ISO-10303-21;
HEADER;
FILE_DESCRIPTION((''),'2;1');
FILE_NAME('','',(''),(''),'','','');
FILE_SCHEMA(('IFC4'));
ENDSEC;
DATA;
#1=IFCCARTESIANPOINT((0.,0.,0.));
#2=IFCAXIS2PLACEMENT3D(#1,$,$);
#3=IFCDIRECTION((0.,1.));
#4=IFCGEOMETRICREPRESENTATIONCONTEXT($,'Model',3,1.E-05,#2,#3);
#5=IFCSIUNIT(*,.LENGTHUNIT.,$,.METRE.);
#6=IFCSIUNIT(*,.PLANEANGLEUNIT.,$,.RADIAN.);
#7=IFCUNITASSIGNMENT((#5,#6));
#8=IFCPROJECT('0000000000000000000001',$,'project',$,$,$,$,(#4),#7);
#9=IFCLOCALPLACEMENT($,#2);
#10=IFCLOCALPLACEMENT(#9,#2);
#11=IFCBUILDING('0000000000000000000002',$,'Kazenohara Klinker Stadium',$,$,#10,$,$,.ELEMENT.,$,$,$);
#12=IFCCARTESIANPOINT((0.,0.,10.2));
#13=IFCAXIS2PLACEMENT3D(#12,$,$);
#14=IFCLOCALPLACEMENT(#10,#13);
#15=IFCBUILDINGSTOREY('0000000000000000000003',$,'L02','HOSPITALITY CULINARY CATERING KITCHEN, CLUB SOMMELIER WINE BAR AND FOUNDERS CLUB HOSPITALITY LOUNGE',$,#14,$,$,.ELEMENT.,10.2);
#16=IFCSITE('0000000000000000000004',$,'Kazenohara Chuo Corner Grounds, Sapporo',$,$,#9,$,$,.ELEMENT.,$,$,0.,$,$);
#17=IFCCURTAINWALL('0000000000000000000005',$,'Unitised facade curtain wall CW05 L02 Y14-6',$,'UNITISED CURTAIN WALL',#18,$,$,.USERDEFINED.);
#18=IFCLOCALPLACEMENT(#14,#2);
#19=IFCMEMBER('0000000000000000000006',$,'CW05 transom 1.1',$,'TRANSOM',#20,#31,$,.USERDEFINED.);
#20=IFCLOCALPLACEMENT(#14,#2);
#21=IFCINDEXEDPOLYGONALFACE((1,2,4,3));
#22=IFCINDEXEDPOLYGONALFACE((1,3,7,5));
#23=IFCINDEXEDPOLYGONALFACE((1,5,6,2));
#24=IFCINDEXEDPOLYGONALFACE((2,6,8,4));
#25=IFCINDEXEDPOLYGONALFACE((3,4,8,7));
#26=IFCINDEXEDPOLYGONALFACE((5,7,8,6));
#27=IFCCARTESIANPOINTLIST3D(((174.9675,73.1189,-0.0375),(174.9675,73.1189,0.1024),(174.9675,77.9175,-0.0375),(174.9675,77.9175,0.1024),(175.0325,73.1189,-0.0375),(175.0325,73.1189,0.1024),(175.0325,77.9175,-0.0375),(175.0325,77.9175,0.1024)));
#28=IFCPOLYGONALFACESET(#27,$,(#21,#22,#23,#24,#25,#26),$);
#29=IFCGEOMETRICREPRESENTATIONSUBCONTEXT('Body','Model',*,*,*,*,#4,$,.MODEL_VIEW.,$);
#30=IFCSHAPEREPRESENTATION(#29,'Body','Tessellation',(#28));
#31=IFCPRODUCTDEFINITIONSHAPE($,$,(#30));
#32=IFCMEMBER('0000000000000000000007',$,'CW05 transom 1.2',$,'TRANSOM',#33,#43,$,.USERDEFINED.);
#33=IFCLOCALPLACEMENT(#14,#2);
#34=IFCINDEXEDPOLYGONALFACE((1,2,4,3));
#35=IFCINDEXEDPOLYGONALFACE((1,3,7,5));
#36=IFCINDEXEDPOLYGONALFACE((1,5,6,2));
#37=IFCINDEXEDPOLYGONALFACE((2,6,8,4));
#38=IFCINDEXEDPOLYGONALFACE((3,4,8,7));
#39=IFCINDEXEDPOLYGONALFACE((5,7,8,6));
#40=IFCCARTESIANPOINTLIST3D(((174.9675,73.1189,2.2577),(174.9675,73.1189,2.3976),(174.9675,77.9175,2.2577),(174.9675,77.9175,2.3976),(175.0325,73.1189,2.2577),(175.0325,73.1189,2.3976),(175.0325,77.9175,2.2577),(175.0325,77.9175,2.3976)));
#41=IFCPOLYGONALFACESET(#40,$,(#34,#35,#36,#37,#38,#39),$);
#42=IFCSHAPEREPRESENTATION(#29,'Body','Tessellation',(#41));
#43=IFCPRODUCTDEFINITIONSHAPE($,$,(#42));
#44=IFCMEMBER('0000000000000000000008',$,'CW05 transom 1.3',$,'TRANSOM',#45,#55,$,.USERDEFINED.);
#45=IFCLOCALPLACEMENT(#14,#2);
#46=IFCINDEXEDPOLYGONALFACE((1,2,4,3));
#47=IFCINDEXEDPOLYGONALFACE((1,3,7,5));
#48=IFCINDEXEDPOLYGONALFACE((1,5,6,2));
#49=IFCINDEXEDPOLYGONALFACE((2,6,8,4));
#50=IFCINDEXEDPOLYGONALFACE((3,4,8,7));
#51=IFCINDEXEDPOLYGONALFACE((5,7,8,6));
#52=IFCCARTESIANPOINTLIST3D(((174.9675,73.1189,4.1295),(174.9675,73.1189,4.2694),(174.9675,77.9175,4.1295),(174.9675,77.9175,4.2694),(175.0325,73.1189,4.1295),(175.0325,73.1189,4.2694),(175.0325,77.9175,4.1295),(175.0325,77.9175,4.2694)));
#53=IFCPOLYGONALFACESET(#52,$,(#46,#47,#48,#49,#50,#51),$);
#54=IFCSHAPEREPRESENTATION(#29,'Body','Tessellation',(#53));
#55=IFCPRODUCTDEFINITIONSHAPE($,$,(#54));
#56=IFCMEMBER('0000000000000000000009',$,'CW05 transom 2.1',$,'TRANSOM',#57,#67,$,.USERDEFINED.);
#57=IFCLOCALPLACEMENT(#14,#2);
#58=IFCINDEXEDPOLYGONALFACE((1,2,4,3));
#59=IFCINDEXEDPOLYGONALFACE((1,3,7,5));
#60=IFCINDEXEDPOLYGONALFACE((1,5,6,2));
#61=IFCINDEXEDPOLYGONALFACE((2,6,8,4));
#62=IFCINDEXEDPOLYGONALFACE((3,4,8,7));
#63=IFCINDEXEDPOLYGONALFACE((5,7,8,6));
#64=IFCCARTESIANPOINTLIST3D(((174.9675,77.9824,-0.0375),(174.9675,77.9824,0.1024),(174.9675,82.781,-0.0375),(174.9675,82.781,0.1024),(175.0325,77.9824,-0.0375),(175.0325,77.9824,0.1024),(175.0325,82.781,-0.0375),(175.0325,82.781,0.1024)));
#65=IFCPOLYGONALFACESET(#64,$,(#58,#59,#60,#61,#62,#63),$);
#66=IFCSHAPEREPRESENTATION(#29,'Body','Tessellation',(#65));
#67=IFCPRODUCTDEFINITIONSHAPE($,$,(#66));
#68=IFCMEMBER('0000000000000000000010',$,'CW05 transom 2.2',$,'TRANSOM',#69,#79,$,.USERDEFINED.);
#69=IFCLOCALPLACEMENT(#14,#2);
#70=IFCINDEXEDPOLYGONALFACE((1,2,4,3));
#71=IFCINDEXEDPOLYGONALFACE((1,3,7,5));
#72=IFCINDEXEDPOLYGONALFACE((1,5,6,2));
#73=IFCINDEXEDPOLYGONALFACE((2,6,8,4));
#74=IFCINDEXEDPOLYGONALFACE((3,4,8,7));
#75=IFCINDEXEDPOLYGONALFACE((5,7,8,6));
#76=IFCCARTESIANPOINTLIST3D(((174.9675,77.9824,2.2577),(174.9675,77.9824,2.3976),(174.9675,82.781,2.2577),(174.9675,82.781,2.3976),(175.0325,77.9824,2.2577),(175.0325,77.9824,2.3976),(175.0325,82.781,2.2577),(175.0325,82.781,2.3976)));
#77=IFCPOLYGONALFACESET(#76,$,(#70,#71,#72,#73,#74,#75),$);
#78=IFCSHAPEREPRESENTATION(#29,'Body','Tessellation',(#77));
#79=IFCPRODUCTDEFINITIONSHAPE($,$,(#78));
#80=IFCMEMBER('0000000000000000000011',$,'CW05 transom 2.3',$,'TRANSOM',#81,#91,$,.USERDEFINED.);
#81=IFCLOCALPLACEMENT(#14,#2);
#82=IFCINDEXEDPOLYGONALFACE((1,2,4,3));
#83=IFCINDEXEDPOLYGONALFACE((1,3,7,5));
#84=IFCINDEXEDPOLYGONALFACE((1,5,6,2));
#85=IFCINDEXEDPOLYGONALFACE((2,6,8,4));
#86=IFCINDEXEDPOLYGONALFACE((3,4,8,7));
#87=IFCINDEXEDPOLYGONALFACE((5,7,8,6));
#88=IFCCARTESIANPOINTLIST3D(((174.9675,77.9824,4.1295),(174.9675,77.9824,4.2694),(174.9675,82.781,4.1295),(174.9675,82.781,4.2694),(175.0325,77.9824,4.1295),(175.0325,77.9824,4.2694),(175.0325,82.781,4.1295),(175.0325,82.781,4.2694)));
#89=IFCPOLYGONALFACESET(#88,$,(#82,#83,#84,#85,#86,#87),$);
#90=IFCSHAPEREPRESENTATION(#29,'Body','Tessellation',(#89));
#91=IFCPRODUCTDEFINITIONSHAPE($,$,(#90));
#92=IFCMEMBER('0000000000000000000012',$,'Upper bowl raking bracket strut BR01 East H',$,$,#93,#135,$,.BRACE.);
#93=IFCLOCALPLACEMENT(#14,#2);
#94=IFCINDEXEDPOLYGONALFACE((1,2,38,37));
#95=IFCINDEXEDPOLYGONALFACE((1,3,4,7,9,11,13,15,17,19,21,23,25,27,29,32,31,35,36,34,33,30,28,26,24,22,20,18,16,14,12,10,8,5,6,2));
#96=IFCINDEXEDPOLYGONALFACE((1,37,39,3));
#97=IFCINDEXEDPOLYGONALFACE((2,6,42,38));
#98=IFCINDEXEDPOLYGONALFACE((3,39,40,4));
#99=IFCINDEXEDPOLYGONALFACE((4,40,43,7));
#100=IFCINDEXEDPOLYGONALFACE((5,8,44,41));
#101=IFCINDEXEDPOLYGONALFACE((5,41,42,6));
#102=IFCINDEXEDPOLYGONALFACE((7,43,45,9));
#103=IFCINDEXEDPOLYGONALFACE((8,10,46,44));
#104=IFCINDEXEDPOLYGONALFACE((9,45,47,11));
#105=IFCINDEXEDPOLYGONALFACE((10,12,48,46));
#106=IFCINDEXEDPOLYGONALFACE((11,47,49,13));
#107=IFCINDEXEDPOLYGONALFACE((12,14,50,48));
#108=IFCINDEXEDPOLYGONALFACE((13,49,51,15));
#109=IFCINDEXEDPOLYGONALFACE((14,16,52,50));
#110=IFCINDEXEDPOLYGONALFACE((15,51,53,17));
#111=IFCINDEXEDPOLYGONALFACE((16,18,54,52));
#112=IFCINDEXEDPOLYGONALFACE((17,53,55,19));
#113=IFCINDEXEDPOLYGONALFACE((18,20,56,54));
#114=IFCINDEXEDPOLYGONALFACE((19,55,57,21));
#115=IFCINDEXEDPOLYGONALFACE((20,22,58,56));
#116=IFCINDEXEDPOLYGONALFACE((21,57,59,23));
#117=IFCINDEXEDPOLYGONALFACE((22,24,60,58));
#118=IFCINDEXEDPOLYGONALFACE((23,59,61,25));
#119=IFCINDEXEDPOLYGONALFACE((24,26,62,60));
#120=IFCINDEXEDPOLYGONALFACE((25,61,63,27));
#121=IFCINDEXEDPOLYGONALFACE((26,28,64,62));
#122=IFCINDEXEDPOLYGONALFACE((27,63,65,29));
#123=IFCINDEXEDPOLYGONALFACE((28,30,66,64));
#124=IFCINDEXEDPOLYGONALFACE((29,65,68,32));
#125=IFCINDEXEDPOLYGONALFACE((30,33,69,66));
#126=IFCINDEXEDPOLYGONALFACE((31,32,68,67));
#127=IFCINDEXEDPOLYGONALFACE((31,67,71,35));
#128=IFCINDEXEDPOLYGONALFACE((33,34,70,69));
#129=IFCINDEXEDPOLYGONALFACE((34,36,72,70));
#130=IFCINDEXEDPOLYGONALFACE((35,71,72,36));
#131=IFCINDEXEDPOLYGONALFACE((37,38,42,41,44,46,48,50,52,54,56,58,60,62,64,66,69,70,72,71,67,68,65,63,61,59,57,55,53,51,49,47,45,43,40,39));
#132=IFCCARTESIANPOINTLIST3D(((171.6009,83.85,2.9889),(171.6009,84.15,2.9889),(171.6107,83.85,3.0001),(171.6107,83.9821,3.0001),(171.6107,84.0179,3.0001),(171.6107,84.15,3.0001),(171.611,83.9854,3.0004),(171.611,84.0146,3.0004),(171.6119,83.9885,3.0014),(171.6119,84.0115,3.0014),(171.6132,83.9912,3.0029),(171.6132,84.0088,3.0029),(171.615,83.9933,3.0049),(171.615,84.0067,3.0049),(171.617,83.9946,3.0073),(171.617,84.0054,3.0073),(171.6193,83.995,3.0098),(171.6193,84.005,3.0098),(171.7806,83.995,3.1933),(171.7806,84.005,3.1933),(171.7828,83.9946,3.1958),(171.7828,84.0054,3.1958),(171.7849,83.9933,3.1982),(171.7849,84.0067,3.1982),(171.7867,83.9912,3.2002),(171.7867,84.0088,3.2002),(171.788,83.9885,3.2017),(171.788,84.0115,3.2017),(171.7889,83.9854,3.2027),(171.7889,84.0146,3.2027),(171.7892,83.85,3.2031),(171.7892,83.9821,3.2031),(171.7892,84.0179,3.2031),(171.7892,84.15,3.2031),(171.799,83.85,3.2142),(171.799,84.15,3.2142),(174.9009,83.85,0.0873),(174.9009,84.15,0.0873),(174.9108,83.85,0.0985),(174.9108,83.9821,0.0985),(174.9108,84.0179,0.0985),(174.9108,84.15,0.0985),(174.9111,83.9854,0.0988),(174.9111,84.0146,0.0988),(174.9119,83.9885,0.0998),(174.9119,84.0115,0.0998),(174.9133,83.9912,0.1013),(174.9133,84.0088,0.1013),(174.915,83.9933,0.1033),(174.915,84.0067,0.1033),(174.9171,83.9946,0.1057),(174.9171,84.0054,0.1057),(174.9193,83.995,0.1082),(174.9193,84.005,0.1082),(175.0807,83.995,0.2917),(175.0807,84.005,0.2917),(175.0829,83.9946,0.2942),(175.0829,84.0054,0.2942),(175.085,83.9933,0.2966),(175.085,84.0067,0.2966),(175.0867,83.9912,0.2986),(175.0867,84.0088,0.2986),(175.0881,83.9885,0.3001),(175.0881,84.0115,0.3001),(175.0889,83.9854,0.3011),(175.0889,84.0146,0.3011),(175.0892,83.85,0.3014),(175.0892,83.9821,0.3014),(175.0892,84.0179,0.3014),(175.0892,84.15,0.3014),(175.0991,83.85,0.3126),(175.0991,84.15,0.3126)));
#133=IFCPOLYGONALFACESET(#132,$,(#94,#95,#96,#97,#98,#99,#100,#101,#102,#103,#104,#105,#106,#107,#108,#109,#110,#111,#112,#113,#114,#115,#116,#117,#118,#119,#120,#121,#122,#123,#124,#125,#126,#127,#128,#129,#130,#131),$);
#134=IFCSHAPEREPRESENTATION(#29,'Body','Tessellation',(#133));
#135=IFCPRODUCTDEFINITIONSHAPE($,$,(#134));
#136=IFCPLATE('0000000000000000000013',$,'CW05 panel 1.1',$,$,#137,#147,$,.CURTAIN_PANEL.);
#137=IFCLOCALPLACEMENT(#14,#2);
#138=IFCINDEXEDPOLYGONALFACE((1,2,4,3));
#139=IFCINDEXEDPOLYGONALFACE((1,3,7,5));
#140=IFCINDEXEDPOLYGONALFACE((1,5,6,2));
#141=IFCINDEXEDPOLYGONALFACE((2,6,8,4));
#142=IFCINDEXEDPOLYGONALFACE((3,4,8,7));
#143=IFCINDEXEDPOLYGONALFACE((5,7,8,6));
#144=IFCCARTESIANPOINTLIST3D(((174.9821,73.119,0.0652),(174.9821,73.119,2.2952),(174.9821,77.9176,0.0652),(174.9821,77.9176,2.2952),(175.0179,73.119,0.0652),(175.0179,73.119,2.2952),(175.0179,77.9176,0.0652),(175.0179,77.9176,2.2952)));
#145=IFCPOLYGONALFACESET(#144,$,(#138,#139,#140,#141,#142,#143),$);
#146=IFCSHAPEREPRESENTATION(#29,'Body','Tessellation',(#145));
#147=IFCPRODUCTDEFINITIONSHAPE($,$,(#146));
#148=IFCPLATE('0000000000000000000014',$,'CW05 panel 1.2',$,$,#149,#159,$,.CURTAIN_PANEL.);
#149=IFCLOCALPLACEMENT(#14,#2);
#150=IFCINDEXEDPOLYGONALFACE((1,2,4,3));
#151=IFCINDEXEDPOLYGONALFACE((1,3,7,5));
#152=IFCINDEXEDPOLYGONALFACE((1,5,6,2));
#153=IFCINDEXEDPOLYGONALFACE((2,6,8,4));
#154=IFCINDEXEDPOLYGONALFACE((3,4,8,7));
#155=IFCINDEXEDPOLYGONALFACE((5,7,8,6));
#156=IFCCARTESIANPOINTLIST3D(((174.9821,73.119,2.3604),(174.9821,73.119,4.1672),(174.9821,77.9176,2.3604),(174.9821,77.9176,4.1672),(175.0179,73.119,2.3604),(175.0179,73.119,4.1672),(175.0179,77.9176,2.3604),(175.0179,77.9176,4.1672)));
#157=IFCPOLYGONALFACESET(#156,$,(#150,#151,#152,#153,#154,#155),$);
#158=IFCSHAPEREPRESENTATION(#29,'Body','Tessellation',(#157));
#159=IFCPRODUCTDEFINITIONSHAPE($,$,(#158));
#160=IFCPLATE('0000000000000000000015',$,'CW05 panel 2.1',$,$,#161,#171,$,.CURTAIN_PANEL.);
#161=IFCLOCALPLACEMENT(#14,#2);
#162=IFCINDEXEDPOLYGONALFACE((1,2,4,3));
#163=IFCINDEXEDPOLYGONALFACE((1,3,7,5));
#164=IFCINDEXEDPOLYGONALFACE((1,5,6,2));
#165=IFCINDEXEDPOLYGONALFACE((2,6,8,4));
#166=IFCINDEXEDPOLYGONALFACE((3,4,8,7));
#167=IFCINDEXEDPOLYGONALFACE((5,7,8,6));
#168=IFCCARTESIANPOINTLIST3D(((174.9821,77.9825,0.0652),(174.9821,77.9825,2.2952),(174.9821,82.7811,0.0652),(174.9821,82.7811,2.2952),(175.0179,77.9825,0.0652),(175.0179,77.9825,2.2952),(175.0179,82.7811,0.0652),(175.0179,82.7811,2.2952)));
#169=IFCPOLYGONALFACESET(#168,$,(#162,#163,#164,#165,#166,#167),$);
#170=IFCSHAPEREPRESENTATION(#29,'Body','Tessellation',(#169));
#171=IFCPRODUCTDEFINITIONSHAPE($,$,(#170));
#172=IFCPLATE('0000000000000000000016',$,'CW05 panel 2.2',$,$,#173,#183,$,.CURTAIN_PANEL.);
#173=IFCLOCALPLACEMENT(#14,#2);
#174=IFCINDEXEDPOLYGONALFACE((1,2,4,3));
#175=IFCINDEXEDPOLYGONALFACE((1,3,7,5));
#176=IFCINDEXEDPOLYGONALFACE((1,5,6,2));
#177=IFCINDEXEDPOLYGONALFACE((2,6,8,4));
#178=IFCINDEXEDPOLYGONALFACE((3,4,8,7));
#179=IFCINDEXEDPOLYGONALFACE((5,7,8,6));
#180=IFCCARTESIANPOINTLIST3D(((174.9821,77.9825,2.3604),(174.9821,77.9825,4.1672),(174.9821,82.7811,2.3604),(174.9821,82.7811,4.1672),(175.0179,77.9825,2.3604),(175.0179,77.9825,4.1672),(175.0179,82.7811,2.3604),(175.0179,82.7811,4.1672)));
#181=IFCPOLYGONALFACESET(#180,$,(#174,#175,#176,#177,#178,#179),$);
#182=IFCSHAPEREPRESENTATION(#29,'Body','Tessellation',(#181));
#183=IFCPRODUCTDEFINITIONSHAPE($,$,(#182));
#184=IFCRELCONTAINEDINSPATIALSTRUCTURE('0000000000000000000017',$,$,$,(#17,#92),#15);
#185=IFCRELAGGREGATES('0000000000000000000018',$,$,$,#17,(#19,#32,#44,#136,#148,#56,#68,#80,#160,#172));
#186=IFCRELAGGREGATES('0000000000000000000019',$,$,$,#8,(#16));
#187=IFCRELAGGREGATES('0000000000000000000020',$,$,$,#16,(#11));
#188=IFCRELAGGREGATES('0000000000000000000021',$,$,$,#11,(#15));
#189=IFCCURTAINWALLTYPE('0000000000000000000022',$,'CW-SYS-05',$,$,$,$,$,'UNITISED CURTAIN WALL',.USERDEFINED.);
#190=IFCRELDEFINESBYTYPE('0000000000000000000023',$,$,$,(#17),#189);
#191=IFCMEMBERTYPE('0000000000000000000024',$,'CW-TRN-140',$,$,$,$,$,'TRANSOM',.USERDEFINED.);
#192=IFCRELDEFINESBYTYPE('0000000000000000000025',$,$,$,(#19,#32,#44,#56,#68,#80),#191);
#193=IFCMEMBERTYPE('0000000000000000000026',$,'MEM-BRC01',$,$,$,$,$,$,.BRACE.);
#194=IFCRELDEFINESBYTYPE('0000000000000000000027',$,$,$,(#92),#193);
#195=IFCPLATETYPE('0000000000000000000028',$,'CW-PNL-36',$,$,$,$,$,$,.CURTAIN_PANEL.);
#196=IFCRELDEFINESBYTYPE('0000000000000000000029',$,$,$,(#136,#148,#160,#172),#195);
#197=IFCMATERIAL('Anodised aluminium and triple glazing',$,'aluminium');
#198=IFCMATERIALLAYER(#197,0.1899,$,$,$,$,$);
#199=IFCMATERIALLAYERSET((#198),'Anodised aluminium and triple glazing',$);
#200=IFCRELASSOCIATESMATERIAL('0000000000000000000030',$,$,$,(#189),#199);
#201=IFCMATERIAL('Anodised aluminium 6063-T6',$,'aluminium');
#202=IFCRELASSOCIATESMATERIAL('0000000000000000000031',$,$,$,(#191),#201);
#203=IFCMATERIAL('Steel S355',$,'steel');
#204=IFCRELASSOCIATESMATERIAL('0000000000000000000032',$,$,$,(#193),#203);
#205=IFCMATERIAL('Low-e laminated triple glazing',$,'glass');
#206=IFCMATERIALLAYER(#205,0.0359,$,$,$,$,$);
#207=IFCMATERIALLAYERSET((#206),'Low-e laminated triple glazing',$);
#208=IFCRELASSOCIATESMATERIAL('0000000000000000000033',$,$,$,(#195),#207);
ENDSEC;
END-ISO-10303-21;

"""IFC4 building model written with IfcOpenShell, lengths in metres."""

from ifc_helpers import new_model, si_unit, direction, frame, origin, origin_2d, place, context, subcontext, project, spatial, rectangle, i_section, extrude, material, layer, layer_set, material_profile, profile_set, type_object, element, aggregate, save


model = new_model("IFC4")

# Units and contexts
model_context = context("Model", 3, precision=1e-05, world=origin(), true_north=direction((0.0, 1.0)))
body_context = subcontext(model_context, "Body", "Model", "MODEL_VIEW")
ifc_project = project(units=[si_unit("LENGTHUNIT", "METRE"), si_unit("PLANEANGLEUNIT", "RADIAN")], contexts=[model_context])

# Site, building, storey
site_placement = place(None, origin())
site = spatial("IfcSite", under=ifc_project, at=site_placement, Name="Kazenohara Chuo Corner Grounds, Sapporo", CompositionType="ELEMENT", RefElevation=0.0)
building_placement = place(site_placement, origin())
building = spatial("IfcBuilding", under=site, at=building_placement, Name="Kazenohara Klinker Stadium", CompositionType="ELEMENT")
storey_placement = place(building_placement, frame((0.0, 0.0, 10.2)))
storey = spatial("IfcBuildingStorey", under=building, at=storey_placement, Name="L02", Description="HOSPITALITY CULINARY CATERING KITCHEN, CLUB SOMMELIER WINE BAR AND FOUNDERS CLUB HOSPITALITY LOUNGE", CompositionType="ELEMENT", Elevation=10.2)

# Shared definitions
ifc_material_1 = material(Name="Steel S355", Category="steel")

# Curtain wall, members
ifc_material_2 = material(Name="Anodised aluminium and triple glazing", Category="aluminium")
ifc_layer_1 = layer(ifc_material_2, 0.1899)
ifc_layer_set_1 = layer_set([ifc_layer_1], Name="Anodised aluminium and triple glazing")
curtain_wall_type = type_object("IfcCurtainWallType", Name="CW-SYS-05", ElementType="UNITISED CURTAIN WALL", PredefinedType="USERDEFINED", material=ifc_layer_set_1)
curtain_wall_placement = place(storey_placement, origin())
curtain_wall = element("IfcCurtainWall", 1, at=curtain_wall_placement, inside=storey, type_object=curtain_wall_type, Name="Unitised facade curtain wall CW05 L02 Y14-6", ObjectType="UNITISED CURTAIN WALL", PredefinedType="USERDEFINED")
ifc_material_3 = material(Name="Anodised aluminium 6063-T6", Category="aluminium")
ifc_material_profile_1 = material_profile(ifc_material_3, rectangle(XDim=0.0649, YDim=0.1399, at=origin_2d()), Name="ALU-TRN-65x140")
ifc_profile_set_1 = profile_set([ifc_material_profile_1], Name="Anodised aluminium 6063-T6")
member_type_1 = type_object("IfcMemberType", Name="CW-TRN-140", ElementType="TRANSOM", PredefinedType="USERDEFINED", material=ifc_profile_set_1)
member_1_placement = place(storey_placement, frame((175.0, 73.1189, 0.0325), z_axis=(0.0, 1.0, 0.0), x_axis=(-1.0, 0.0, 0.0)))
member_1 = element("IfcMember", 2, at=member_1_placement, type_object=member_type_1, Name="CW05 transom 1.1", ObjectType="TRANSOM", PredefinedType="USERDEFINED", context=body_context, shape_type="SweptSolid", body=[
    extrude(rectangle(XDim=0.0649, YDim=0.1399, at=origin_2d()), origin(), (0.0, 0.0, 1.0), 4.7986),
])
member_2_placement = place(storey_placement, frame((175.0, 73.1189, 2.3276), z_axis=(0.0, 1.0, 0.0), x_axis=(-1.0, 0.0, 0.0)))
member_2 = element("IfcMember", 3, at=member_2_placement, type_object=member_type_1, Name="CW05 transom 1.2", ObjectType="TRANSOM", PredefinedType="USERDEFINED", context=body_context, shape_type="SweptSolid", body=[
    extrude(rectangle(XDim=0.0649, YDim=0.1399, at=origin_2d()), origin(), (0.0, 0.0, 1.0), 4.7986),
])
member_3_placement = place(storey_placement, frame((175.0, 73.1189, 4.1995), z_axis=(0.0, 1.0, 0.0), x_axis=(-1.0, 0.0, 0.0)))
member_3 = element("IfcMember", 4, at=member_3_placement, type_object=member_type_1, Name="CW05 transom 1.3", ObjectType="TRANSOM", PredefinedType="USERDEFINED", context=body_context, shape_type="SweptSolid", body=[
    extrude(rectangle(XDim=0.0649, YDim=0.1399, at=origin_2d()), origin(), (0.0, 0.0, 1.0), 4.7986),
])
member_4_placement = place(storey_placement, frame((175.0, 77.9824, 0.0325), z_axis=(0.0, 1.0, 0.0), x_axis=(-1.0, 0.0, 0.0)))
member_4 = element("IfcMember", 5, at=member_4_placement, type_object=member_type_1, Name="CW05 transom 2.1", ObjectType="TRANSOM", PredefinedType="USERDEFINED", context=body_context, shape_type="SweptSolid", body=[
    extrude(rectangle(XDim=0.0649, YDim=0.1399, at=origin_2d()), origin(), (0.0, 0.0, 1.0), 4.7986),
])
member_5_placement = place(storey_placement, frame((175.0, 77.9824, 2.3276), z_axis=(0.0, 1.0, 0.0), x_axis=(-1.0, 0.0, 0.0)))
member_5 = element("IfcMember", 6, at=member_5_placement, type_object=member_type_1, Name="CW05 transom 2.2", ObjectType="TRANSOM", PredefinedType="USERDEFINED", context=body_context, shape_type="SweptSolid", body=[
    extrude(rectangle(XDim=0.0649, YDim=0.1399, at=origin_2d()), origin(), (0.0, 0.0, 1.0), 4.7986),
])
member_6_placement = place(storey_placement, frame((175.0, 77.9824, 4.1995), z_axis=(0.0, 1.0, 0.0), x_axis=(-1.0, 0.0, 0.0)))
member_6 = element("IfcMember", 7, at=member_6_placement, type_object=member_type_1, Name="CW05 transom 2.3", ObjectType="TRANSOM", PredefinedType="USERDEFINED", context=body_context, shape_type="SweptSolid", body=[
    extrude(rectangle(XDim=0.0649, YDim=0.1399, at=origin_2d()), origin(), (0.0, 0.0, 1.0), 4.7986),
])

# Member
ifc_material_profile_2 = material_profile(ifc_material_1, i_section(OverallWidth=0.3, OverallDepth=0.3, WebThickness=0.01, FlangeThickness=0.0149, FilletRadius=0.0129, at=origin_2d()), Name="H-300x300x10x15")
ifc_profile_set_2 = profile_set([ifc_material_profile_2], Name="Steel S355")
member_type_2 = type_object("IfcMemberType", Name="MEM-BRC01", PredefinedType="BRACE", material=ifc_profile_set_2)
member_7_placement = place(storey_placement, frame((175.0, 84.0, 0.2), z_axis=(-0.750988, 0.0, 0.660316), x_axis=(0.0, -1.0, 0.0)))
element("IfcMember", 8, at=member_7_placement, inside=storey, type_object=member_type_2, Name="Upper bowl raking bracket strut BR01 East H", PredefinedType="BRACE", context=body_context, shape_type="SweptSolid", body=[
    extrude(i_section(OverallWidth=0.3, OverallDepth=0.3, WebThickness=0.01, FlangeThickness=0.0149, FilletRadius=0.0129, at=origin_2d()), origin(), (0.0, 0.0, 1.0), 4.3943),
])

# Plates
ifc_material_4 = material(Name="Low-e laminated triple glazing", Category="glass")
ifc_layer_2 = layer(ifc_material_4, 0.0359)
ifc_layer_set_2 = layer_set([ifc_layer_2], Name="Low-e laminated triple glazing")
plate_type = type_object("IfcPlateType", Name="CW-PNL-36", PredefinedType="CURTAIN_PANEL", material=ifc_layer_set_2)
plate_1_placement = place(storey_placement, frame((175.0, 75.5183, 0.0652), z_axis=(0.0, 0.0, 1.0), x_axis=(0.0, 1.0, 0.0)))
plate_1 = element("IfcPlate", 9, at=plate_1_placement, type_object=plate_type, Name="CW05 panel 1.1", PredefinedType="CURTAIN_PANEL", context=body_context, shape_type="SweptSolid", body=[
    extrude(rectangle(XDim=4.7986, YDim=0.0359, at=origin_2d()), origin(), (0.0, 0.0, 1.0), 2.23),
])
plate_2_placement = place(storey_placement, frame((175.0, 75.5183, 2.3604), z_axis=(0.0, 0.0, 1.0), x_axis=(0.0, 1.0, 0.0)))
plate_2 = element("IfcPlate", 10, at=plate_2_placement, type_object=plate_type, Name="CW05 panel 1.2", PredefinedType="CURTAIN_PANEL", context=body_context, shape_type="SweptSolid", body=[
    extrude(rectangle(XDim=4.7986, YDim=0.0359, at=origin_2d()), origin(), (0.0, 0.0, 1.0), 1.8069),
])
plate_3_placement = place(storey_placement, frame((175.0, 80.3818, 0.0652), z_axis=(0.0, 0.0, 1.0), x_axis=(0.0, 1.0, 0.0)))
plate_3 = element("IfcPlate", 11, at=plate_3_placement, type_object=plate_type, Name="CW05 panel 2.1", PredefinedType="CURTAIN_PANEL", context=body_context, shape_type="SweptSolid", body=[
    extrude(rectangle(XDim=4.7986, YDim=0.0359, at=origin_2d()), origin(), (0.0, 0.0, 1.0), 2.23),
])
plate_4_placement = place(storey_placement, frame((175.0, 80.3818, 2.3604), z_axis=(0.0, 0.0, 1.0), x_axis=(0.0, 1.0, 0.0)))
plate_4 = element("IfcPlate", 12, at=plate_4_placement, type_object=plate_type, Name="CW05 panel 2.2", PredefinedType="CURTAIN_PANEL", context=body_context, shape_type="SweptSolid", body=[
    extrude(rectangle(XDim=4.7986, YDim=0.0359, at=origin_2d()), origin(), (0.0, 0.0, 1.0), 1.8069),
])
aggregate(curtain_wall, [member_1, member_2, member_3, plate_1, plate_2, member_4, member_5, member_6, plate_3, plate_4])

save(model, "model.ifc")
